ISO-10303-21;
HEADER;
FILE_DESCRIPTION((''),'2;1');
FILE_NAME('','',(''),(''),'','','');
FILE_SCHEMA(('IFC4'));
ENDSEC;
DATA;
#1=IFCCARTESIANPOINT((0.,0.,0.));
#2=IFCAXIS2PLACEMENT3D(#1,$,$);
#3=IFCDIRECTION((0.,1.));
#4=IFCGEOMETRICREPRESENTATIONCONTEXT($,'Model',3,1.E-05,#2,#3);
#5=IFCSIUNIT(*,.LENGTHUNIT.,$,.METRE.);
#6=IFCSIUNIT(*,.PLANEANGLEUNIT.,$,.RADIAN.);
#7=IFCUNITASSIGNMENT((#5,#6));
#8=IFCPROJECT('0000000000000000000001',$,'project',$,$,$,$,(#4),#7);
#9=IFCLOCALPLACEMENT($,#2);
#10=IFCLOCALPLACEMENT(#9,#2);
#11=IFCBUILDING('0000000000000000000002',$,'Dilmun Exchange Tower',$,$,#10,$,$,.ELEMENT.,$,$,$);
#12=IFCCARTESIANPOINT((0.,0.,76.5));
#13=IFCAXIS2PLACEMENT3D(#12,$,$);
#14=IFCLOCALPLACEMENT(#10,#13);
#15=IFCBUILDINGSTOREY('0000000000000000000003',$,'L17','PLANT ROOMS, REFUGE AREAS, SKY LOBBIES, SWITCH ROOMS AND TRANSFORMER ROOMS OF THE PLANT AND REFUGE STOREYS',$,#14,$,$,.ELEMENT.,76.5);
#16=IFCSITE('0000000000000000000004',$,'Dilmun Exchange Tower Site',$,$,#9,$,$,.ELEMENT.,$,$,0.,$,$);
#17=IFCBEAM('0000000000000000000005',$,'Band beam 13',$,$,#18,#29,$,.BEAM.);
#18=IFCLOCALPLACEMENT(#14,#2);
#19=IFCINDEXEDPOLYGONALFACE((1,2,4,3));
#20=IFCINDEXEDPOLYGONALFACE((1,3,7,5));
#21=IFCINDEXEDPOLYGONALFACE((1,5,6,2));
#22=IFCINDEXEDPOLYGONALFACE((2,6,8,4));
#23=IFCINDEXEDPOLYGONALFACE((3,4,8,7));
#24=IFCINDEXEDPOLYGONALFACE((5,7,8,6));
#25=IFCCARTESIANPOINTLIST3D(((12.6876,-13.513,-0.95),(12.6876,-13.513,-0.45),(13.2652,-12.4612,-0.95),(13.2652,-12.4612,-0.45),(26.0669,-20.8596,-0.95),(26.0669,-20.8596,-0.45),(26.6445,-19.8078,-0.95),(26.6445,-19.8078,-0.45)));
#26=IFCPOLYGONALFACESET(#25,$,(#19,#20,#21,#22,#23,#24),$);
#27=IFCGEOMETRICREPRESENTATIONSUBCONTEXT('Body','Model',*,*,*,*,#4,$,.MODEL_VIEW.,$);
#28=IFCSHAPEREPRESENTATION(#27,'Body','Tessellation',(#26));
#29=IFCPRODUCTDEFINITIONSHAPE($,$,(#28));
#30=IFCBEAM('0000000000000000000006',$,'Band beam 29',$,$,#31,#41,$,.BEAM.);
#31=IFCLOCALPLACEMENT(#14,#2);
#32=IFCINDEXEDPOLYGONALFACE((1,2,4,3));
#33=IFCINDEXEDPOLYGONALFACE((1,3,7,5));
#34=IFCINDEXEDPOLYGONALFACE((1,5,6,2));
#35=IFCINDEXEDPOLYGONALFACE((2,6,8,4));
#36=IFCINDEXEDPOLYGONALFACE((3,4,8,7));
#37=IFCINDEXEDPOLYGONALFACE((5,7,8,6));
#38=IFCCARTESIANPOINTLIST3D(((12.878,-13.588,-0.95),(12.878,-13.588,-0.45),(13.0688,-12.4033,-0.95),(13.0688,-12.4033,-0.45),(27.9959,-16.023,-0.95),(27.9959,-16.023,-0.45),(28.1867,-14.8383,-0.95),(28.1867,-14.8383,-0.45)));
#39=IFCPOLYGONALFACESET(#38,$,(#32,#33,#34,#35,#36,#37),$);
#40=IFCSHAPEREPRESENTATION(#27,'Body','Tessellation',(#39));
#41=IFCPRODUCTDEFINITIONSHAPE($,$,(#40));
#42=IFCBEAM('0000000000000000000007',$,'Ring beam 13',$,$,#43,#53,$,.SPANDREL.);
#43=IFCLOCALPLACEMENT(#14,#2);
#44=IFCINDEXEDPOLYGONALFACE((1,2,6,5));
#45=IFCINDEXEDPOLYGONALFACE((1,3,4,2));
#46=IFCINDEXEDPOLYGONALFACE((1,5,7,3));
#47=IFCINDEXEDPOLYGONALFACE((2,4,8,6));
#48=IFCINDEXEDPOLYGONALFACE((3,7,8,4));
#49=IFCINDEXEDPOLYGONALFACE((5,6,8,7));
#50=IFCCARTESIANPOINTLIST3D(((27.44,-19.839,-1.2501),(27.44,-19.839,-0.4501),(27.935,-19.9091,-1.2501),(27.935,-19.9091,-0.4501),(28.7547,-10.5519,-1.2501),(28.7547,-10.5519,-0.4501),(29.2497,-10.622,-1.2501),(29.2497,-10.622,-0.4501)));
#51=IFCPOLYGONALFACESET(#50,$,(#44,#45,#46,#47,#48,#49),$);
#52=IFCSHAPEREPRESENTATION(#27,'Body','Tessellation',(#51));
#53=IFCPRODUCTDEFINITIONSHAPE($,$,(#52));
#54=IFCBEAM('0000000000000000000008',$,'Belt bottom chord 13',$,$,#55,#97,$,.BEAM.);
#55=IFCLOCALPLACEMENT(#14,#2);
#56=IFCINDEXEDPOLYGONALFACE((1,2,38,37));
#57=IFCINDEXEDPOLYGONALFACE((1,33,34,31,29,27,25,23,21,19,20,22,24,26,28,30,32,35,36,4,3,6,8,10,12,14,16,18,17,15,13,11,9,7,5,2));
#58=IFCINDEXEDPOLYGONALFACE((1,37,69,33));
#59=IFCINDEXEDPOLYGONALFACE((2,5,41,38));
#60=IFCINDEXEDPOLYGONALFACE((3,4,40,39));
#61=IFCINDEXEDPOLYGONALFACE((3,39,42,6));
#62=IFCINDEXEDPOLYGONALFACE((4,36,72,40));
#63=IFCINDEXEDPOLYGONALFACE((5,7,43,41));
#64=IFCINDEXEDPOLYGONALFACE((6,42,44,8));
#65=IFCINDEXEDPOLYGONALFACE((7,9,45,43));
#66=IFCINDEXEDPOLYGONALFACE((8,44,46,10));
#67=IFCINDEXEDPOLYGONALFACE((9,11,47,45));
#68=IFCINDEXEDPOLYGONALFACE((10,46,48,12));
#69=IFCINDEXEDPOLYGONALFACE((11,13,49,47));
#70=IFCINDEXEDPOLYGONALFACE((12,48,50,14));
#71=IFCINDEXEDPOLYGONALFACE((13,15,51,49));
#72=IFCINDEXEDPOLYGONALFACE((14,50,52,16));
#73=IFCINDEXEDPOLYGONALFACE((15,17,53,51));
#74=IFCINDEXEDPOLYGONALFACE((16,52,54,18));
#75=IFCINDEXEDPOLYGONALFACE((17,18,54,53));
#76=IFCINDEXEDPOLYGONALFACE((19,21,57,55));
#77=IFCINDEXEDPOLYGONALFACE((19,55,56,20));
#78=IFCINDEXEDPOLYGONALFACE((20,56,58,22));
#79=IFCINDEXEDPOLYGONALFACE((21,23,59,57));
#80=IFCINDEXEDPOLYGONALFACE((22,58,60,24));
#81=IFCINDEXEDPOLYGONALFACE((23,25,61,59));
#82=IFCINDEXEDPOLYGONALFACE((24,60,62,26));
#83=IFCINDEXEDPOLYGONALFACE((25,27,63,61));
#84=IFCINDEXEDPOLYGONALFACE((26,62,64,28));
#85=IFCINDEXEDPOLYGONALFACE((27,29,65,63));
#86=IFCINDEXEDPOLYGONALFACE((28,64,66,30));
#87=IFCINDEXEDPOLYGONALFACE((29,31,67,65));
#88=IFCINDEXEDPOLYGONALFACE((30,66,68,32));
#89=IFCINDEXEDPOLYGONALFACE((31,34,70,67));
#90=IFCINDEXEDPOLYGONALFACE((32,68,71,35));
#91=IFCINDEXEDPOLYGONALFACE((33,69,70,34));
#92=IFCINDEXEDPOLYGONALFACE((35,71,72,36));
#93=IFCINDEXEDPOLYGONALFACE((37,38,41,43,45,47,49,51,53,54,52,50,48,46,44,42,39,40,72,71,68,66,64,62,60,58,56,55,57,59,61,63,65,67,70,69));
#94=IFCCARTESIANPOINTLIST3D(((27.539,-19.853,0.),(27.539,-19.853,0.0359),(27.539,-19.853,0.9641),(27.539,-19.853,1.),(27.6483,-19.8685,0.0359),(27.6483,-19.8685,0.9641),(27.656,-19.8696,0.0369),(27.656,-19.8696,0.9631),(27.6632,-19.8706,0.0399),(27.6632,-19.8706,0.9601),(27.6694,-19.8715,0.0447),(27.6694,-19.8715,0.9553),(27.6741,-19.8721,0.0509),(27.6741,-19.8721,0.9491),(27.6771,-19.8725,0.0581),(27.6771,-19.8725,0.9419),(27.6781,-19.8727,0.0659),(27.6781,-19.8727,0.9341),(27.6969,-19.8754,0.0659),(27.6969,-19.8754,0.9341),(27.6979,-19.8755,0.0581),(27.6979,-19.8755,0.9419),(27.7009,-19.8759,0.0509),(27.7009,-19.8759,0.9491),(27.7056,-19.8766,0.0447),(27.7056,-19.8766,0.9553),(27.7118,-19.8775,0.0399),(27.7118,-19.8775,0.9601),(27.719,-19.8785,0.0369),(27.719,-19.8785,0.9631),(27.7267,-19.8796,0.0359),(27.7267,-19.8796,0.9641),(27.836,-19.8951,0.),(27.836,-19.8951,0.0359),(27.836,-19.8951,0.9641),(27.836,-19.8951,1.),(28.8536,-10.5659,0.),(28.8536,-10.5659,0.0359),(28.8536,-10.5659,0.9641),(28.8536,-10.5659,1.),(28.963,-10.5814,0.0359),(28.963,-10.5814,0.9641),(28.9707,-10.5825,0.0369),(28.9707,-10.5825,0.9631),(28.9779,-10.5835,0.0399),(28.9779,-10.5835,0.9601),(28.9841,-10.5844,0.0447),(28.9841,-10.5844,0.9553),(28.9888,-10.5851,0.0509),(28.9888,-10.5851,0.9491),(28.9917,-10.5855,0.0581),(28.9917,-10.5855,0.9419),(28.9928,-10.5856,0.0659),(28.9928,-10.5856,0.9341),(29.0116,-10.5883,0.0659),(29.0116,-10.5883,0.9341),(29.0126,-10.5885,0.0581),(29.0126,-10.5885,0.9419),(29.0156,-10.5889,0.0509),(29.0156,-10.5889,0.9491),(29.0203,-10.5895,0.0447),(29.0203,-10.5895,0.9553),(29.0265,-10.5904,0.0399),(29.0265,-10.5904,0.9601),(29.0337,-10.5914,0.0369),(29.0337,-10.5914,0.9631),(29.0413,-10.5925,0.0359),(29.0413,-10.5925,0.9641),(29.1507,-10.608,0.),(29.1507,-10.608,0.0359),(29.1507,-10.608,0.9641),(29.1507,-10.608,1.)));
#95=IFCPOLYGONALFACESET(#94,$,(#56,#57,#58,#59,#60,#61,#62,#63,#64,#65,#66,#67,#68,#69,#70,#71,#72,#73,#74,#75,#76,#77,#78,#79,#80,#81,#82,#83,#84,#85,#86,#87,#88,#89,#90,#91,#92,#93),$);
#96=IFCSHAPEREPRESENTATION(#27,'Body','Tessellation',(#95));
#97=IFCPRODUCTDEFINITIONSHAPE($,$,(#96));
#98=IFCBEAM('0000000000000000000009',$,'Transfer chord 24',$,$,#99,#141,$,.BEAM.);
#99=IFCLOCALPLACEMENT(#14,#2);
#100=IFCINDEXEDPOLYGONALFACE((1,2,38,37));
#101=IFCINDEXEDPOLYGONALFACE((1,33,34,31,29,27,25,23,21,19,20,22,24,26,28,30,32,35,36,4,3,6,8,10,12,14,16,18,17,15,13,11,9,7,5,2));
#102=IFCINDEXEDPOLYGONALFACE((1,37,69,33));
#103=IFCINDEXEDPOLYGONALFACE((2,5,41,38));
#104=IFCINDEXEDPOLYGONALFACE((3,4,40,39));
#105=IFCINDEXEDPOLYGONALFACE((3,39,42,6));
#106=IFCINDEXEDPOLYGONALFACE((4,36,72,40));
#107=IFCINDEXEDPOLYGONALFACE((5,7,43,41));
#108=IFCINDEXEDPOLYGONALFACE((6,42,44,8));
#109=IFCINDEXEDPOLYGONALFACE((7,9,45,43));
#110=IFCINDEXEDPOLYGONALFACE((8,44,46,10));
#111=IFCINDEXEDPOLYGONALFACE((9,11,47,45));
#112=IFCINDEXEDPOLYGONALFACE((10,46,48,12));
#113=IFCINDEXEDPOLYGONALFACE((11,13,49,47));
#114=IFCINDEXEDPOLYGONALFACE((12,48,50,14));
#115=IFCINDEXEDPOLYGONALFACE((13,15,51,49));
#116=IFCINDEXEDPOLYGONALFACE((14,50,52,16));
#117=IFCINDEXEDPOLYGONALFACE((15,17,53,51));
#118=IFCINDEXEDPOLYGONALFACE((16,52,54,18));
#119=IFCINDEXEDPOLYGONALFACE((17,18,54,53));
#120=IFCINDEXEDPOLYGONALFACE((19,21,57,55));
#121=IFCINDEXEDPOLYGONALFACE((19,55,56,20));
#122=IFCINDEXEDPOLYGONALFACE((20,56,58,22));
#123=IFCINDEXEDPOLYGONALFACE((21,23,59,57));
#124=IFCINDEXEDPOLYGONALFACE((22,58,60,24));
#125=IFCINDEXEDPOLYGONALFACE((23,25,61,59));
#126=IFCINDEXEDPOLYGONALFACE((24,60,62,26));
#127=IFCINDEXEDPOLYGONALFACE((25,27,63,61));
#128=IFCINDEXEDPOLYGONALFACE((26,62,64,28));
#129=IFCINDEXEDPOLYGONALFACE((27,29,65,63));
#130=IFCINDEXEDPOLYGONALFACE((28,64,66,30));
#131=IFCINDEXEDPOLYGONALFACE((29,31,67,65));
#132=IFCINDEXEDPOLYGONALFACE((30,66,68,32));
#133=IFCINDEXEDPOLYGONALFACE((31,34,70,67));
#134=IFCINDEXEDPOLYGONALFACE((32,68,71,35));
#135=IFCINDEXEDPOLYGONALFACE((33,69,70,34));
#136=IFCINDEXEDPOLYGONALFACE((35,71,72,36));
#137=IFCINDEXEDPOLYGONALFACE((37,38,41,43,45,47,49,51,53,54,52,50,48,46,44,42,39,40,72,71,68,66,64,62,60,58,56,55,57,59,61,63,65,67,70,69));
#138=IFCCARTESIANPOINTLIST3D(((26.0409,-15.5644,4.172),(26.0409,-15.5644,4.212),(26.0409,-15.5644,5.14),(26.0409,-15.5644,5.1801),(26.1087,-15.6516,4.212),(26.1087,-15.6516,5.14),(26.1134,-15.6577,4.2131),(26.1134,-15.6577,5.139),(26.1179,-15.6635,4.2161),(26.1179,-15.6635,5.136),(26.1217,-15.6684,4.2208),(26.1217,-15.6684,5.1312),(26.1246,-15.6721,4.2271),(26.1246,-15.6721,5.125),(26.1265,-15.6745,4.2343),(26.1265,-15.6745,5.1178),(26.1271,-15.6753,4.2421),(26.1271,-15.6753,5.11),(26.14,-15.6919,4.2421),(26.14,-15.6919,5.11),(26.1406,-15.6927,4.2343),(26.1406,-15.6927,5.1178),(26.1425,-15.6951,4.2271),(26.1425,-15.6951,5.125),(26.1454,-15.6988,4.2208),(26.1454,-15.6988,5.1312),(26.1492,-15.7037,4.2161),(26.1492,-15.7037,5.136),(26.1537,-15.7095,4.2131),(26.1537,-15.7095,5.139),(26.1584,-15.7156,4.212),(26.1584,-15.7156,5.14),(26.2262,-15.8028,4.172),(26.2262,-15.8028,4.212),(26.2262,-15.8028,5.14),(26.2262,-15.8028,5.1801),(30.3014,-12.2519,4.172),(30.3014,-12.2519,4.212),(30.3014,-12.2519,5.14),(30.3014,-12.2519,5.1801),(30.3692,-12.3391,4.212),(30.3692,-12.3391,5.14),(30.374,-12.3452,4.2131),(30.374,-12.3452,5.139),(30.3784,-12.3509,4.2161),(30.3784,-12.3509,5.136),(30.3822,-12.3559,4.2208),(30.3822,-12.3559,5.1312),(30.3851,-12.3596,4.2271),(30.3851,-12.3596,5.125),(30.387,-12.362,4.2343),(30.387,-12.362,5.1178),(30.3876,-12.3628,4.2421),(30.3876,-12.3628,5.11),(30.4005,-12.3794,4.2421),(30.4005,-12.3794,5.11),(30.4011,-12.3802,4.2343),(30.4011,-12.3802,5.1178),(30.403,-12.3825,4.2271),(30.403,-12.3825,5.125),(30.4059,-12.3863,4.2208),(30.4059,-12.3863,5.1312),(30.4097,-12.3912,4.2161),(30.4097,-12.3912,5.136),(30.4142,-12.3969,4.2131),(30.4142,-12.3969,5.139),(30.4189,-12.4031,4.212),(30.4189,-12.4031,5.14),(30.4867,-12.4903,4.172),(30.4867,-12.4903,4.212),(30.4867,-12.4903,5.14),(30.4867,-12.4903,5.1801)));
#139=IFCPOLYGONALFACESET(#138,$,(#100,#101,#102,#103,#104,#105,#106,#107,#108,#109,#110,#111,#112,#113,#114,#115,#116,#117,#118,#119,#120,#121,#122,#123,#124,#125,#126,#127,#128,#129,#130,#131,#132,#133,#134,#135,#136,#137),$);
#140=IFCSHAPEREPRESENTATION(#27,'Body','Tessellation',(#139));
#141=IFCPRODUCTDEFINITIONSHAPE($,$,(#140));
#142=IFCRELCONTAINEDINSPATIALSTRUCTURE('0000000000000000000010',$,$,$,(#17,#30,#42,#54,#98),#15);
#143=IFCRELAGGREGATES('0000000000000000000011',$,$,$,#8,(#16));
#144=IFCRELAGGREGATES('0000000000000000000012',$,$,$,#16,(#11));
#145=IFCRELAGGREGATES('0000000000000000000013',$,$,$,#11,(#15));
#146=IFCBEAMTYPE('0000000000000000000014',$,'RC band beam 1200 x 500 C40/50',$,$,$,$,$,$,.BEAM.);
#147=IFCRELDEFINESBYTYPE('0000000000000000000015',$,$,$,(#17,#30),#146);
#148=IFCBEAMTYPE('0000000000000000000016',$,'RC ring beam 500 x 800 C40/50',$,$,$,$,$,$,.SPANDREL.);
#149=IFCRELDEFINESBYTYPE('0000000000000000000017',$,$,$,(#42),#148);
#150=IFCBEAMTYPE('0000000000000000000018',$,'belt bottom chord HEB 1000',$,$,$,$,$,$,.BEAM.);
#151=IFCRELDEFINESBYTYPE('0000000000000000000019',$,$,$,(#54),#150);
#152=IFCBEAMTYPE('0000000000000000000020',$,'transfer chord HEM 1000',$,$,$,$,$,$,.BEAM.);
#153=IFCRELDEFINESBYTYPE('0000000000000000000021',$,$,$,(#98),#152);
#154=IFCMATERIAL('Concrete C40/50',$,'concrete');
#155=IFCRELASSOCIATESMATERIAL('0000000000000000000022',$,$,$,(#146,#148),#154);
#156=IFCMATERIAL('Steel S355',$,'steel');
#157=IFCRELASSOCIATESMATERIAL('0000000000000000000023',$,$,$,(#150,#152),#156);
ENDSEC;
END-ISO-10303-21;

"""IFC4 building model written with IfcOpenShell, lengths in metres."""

from ifc_helpers import new_model, si_unit, direction, frame, origin, origin_2d, place, context, subcontext, project, spatial, rectangle, i_section, extrude, material, material_profile, profile_set, type_object, element, save


model = new_model("IFC4")

# Units and contexts
model_context = context("Model", 3, precision=1e-05, world=origin(), true_north=direction((0.0, 1.0)))
body_context = subcontext(model_context, "Body", "Model", "MODEL_VIEW")
ifc_project = project(units=[si_unit("LENGTHUNIT", "METRE"), si_unit("PLANEANGLEUNIT", "RADIAN")], contexts=[model_context])

# Site, building, storey
site_placement = place(None, origin())
site = spatial("IfcSite", under=ifc_project, at=site_placement, Name="Dilmun Exchange Tower Site", CompositionType="ELEMENT", RefElevation=0.0)
building_placement = place(site_placement, origin())
building = spatial("IfcBuilding", under=site, at=building_placement, Name="Dilmun Exchange Tower", CompositionType="ELEMENT")
storey_placement = place(building_placement, frame((0.0, 0.0, 76.5)))
storey = spatial("IfcBuildingStorey", under=building, at=storey_placement, Name="L17", Description="PLANT ROOMS, REFUGE AREAS, SKY LOBBIES, SWITCH ROOMS AND TRANSFORMER ROOMS OF THE PLANT AND REFUGE STOREYS", CompositionType="ELEMENT", Elevation=76.5)

# Beams
ifc_material_1 = material(Name="Concrete C40/50", Category="concrete")
ifc_material_profile_1 = material_profile(ifc_material_1, rectangle(XDim=1.2, YDim=0.5, at=origin_2d()), Name="1200 x 500")
ifc_profile_set_1 = profile_set([ifc_material_profile_1], Name="Concrete C40/50")
beam_type_1 = type_object("IfcBeamType", Name="RC band beam 1200 x 500 C40/50", PredefinedType="BEAM", material=ifc_profile_set_1)
beam_1_placement = place(storey_placement, frame((26.3557, -20.3337, -0.7), z_axis=(-0.876547, 0.481316, 0.0), x_axis=(-0.481316, -0.876547, 0.0)))
element("IfcBeam", 1, at=beam_1_placement, inside=storey, type_object=beam_type_1, Name="Band beam 13", PredefinedType="BEAM", context=body_context, shape_type="SweptSolid", body=[
    extrude(rectangle(XDim=1.2, YDim=0.5, at=origin_2d()), origin(), (0.0, 0.0, 1.0), 15.2637),
])
beam_2_placement = place(storey_placement, frame((28.0913, -15.4307, -0.7), z_axis=(-0.987275, 0.159021, 0.0), x_axis=(-0.159021, -0.987275, 0.0)))
element("IfcBeam", 2, at=beam_2_placement, inside=storey, type_object=beam_type_1, Name="Band beam 29", PredefinedType="BEAM", context=body_context, shape_type="SweptSolid", body=[
    extrude(rectangle(XDim=1.2, YDim=0.5, at=origin_2d()), origin(), (0.0, 0.0, 1.0), 15.3127),
])
ifc_material_profile_2 = material_profile(ifc_material_1, rectangle(XDim=0.5, YDim=0.8, at=origin_2d()), Name="500 x 800")
ifc_profile_set_2 = profile_set([ifc_material_profile_2], Name="Concrete C40/50")
beam_type_2 = type_object("IfcBeamType", Name="RC ring beam 500 x 800 C40/50", PredefinedType="SPANDREL", material=ifc_profile_set_2)
beam_3_placement = place(storey_placement, frame((27.6875, -19.874, -0.8501), z_axis=(0.140164, 0.990128, 0.0), x_axis=(-0.990128, 0.140164, 0.0)))
element("IfcBeam", 3, at=beam_3_placement, inside=storey, type_object=beam_type_2, Name="Ring beam 13", PredefinedType="SPANDREL", context=body_context, shape_type="SweptSolid", body=[
    extrude(rectangle(XDim=0.5, YDim=0.8, at=origin_2d()), origin(), (0.0, 0.0, 1.0), 9.3796),
])
ifc_material_2 = material(Name="Steel S355", Category="steel")
ifc_material_profile_3 = material_profile(ifc_material_2, i_section(OverallWidth=0.3, OverallDepth=1.0, WebThickness=0.019, FlangeThickness=0.0359, FilletRadius=0.03, at=origin_2d()), Name="HEB 1000")
ifc_profile_set_3 = profile_set([ifc_material_profile_3], Name="Steel S355")
beam_type_3 = type_object("IfcBeamType", Name="belt bottom chord HEB 1000", PredefinedType="BEAM", material=ifc_profile_set_3)
beam_4_placement = place(storey_placement, frame((27.6875, -19.874, 0.5), z_axis=(0.140164, 0.990128, 0.0), x_axis=(-0.990128, 0.140164, 0.0)))
element("IfcBeam", 4, at=beam_4_placement, inside=storey, type_object=beam_type_3, Name="Belt bottom chord 13", PredefinedType="BEAM", context=body_context, shape_type="SweptSolid", body=[
    extrude(i_section(OverallWidth=0.3, OverallDepth=1.0, WebThickness=0.019, FlangeThickness=0.0359, FilletRadius=0.03, at=origin_2d()), origin(), (0.0, 0.0, 1.0), 9.3796),
])
ifc_material_profile_4 = material_profile(ifc_material_2, i_section(OverallWidth=0.302, OverallDepth=1.0081, WebThickness=0.021, FlangeThickness=0.04, FilletRadius=0.03, at=origin_2d()), Name="HEM 1000")
ifc_profile_set_4 = profile_set([ifc_material_profile_4], Name="Steel S355")
beam_type_4 = type_object("IfcBeamType", Name="transfer chord HEM 1000", PredefinedType="BEAM", material=ifc_profile_set_4)
beam_5_placement = place(storey_placement, frame((26.1335, -15.6836, 4.676), z_axis=(0.789462, 0.6138, 0.0), x_axis=(-0.6138, 0.789462, 0.0)))
element("IfcBeam", 5, at=beam_5_placement, inside=storey, type_object=beam_type_4, Name="Transfer chord 24", PredefinedType="BEAM", context=body_context, shape_type="SweptSolid", body=[
    extrude(i_section(OverallWidth=0.302, OverallDepth=1.0081, WebThickness=0.021, FlangeThickness=0.04, FilletRadius=0.03, at=origin_2d()), origin(), (0.0, 0.0, 1.0), 5.3967),
])

save(model, "model.ifc")
